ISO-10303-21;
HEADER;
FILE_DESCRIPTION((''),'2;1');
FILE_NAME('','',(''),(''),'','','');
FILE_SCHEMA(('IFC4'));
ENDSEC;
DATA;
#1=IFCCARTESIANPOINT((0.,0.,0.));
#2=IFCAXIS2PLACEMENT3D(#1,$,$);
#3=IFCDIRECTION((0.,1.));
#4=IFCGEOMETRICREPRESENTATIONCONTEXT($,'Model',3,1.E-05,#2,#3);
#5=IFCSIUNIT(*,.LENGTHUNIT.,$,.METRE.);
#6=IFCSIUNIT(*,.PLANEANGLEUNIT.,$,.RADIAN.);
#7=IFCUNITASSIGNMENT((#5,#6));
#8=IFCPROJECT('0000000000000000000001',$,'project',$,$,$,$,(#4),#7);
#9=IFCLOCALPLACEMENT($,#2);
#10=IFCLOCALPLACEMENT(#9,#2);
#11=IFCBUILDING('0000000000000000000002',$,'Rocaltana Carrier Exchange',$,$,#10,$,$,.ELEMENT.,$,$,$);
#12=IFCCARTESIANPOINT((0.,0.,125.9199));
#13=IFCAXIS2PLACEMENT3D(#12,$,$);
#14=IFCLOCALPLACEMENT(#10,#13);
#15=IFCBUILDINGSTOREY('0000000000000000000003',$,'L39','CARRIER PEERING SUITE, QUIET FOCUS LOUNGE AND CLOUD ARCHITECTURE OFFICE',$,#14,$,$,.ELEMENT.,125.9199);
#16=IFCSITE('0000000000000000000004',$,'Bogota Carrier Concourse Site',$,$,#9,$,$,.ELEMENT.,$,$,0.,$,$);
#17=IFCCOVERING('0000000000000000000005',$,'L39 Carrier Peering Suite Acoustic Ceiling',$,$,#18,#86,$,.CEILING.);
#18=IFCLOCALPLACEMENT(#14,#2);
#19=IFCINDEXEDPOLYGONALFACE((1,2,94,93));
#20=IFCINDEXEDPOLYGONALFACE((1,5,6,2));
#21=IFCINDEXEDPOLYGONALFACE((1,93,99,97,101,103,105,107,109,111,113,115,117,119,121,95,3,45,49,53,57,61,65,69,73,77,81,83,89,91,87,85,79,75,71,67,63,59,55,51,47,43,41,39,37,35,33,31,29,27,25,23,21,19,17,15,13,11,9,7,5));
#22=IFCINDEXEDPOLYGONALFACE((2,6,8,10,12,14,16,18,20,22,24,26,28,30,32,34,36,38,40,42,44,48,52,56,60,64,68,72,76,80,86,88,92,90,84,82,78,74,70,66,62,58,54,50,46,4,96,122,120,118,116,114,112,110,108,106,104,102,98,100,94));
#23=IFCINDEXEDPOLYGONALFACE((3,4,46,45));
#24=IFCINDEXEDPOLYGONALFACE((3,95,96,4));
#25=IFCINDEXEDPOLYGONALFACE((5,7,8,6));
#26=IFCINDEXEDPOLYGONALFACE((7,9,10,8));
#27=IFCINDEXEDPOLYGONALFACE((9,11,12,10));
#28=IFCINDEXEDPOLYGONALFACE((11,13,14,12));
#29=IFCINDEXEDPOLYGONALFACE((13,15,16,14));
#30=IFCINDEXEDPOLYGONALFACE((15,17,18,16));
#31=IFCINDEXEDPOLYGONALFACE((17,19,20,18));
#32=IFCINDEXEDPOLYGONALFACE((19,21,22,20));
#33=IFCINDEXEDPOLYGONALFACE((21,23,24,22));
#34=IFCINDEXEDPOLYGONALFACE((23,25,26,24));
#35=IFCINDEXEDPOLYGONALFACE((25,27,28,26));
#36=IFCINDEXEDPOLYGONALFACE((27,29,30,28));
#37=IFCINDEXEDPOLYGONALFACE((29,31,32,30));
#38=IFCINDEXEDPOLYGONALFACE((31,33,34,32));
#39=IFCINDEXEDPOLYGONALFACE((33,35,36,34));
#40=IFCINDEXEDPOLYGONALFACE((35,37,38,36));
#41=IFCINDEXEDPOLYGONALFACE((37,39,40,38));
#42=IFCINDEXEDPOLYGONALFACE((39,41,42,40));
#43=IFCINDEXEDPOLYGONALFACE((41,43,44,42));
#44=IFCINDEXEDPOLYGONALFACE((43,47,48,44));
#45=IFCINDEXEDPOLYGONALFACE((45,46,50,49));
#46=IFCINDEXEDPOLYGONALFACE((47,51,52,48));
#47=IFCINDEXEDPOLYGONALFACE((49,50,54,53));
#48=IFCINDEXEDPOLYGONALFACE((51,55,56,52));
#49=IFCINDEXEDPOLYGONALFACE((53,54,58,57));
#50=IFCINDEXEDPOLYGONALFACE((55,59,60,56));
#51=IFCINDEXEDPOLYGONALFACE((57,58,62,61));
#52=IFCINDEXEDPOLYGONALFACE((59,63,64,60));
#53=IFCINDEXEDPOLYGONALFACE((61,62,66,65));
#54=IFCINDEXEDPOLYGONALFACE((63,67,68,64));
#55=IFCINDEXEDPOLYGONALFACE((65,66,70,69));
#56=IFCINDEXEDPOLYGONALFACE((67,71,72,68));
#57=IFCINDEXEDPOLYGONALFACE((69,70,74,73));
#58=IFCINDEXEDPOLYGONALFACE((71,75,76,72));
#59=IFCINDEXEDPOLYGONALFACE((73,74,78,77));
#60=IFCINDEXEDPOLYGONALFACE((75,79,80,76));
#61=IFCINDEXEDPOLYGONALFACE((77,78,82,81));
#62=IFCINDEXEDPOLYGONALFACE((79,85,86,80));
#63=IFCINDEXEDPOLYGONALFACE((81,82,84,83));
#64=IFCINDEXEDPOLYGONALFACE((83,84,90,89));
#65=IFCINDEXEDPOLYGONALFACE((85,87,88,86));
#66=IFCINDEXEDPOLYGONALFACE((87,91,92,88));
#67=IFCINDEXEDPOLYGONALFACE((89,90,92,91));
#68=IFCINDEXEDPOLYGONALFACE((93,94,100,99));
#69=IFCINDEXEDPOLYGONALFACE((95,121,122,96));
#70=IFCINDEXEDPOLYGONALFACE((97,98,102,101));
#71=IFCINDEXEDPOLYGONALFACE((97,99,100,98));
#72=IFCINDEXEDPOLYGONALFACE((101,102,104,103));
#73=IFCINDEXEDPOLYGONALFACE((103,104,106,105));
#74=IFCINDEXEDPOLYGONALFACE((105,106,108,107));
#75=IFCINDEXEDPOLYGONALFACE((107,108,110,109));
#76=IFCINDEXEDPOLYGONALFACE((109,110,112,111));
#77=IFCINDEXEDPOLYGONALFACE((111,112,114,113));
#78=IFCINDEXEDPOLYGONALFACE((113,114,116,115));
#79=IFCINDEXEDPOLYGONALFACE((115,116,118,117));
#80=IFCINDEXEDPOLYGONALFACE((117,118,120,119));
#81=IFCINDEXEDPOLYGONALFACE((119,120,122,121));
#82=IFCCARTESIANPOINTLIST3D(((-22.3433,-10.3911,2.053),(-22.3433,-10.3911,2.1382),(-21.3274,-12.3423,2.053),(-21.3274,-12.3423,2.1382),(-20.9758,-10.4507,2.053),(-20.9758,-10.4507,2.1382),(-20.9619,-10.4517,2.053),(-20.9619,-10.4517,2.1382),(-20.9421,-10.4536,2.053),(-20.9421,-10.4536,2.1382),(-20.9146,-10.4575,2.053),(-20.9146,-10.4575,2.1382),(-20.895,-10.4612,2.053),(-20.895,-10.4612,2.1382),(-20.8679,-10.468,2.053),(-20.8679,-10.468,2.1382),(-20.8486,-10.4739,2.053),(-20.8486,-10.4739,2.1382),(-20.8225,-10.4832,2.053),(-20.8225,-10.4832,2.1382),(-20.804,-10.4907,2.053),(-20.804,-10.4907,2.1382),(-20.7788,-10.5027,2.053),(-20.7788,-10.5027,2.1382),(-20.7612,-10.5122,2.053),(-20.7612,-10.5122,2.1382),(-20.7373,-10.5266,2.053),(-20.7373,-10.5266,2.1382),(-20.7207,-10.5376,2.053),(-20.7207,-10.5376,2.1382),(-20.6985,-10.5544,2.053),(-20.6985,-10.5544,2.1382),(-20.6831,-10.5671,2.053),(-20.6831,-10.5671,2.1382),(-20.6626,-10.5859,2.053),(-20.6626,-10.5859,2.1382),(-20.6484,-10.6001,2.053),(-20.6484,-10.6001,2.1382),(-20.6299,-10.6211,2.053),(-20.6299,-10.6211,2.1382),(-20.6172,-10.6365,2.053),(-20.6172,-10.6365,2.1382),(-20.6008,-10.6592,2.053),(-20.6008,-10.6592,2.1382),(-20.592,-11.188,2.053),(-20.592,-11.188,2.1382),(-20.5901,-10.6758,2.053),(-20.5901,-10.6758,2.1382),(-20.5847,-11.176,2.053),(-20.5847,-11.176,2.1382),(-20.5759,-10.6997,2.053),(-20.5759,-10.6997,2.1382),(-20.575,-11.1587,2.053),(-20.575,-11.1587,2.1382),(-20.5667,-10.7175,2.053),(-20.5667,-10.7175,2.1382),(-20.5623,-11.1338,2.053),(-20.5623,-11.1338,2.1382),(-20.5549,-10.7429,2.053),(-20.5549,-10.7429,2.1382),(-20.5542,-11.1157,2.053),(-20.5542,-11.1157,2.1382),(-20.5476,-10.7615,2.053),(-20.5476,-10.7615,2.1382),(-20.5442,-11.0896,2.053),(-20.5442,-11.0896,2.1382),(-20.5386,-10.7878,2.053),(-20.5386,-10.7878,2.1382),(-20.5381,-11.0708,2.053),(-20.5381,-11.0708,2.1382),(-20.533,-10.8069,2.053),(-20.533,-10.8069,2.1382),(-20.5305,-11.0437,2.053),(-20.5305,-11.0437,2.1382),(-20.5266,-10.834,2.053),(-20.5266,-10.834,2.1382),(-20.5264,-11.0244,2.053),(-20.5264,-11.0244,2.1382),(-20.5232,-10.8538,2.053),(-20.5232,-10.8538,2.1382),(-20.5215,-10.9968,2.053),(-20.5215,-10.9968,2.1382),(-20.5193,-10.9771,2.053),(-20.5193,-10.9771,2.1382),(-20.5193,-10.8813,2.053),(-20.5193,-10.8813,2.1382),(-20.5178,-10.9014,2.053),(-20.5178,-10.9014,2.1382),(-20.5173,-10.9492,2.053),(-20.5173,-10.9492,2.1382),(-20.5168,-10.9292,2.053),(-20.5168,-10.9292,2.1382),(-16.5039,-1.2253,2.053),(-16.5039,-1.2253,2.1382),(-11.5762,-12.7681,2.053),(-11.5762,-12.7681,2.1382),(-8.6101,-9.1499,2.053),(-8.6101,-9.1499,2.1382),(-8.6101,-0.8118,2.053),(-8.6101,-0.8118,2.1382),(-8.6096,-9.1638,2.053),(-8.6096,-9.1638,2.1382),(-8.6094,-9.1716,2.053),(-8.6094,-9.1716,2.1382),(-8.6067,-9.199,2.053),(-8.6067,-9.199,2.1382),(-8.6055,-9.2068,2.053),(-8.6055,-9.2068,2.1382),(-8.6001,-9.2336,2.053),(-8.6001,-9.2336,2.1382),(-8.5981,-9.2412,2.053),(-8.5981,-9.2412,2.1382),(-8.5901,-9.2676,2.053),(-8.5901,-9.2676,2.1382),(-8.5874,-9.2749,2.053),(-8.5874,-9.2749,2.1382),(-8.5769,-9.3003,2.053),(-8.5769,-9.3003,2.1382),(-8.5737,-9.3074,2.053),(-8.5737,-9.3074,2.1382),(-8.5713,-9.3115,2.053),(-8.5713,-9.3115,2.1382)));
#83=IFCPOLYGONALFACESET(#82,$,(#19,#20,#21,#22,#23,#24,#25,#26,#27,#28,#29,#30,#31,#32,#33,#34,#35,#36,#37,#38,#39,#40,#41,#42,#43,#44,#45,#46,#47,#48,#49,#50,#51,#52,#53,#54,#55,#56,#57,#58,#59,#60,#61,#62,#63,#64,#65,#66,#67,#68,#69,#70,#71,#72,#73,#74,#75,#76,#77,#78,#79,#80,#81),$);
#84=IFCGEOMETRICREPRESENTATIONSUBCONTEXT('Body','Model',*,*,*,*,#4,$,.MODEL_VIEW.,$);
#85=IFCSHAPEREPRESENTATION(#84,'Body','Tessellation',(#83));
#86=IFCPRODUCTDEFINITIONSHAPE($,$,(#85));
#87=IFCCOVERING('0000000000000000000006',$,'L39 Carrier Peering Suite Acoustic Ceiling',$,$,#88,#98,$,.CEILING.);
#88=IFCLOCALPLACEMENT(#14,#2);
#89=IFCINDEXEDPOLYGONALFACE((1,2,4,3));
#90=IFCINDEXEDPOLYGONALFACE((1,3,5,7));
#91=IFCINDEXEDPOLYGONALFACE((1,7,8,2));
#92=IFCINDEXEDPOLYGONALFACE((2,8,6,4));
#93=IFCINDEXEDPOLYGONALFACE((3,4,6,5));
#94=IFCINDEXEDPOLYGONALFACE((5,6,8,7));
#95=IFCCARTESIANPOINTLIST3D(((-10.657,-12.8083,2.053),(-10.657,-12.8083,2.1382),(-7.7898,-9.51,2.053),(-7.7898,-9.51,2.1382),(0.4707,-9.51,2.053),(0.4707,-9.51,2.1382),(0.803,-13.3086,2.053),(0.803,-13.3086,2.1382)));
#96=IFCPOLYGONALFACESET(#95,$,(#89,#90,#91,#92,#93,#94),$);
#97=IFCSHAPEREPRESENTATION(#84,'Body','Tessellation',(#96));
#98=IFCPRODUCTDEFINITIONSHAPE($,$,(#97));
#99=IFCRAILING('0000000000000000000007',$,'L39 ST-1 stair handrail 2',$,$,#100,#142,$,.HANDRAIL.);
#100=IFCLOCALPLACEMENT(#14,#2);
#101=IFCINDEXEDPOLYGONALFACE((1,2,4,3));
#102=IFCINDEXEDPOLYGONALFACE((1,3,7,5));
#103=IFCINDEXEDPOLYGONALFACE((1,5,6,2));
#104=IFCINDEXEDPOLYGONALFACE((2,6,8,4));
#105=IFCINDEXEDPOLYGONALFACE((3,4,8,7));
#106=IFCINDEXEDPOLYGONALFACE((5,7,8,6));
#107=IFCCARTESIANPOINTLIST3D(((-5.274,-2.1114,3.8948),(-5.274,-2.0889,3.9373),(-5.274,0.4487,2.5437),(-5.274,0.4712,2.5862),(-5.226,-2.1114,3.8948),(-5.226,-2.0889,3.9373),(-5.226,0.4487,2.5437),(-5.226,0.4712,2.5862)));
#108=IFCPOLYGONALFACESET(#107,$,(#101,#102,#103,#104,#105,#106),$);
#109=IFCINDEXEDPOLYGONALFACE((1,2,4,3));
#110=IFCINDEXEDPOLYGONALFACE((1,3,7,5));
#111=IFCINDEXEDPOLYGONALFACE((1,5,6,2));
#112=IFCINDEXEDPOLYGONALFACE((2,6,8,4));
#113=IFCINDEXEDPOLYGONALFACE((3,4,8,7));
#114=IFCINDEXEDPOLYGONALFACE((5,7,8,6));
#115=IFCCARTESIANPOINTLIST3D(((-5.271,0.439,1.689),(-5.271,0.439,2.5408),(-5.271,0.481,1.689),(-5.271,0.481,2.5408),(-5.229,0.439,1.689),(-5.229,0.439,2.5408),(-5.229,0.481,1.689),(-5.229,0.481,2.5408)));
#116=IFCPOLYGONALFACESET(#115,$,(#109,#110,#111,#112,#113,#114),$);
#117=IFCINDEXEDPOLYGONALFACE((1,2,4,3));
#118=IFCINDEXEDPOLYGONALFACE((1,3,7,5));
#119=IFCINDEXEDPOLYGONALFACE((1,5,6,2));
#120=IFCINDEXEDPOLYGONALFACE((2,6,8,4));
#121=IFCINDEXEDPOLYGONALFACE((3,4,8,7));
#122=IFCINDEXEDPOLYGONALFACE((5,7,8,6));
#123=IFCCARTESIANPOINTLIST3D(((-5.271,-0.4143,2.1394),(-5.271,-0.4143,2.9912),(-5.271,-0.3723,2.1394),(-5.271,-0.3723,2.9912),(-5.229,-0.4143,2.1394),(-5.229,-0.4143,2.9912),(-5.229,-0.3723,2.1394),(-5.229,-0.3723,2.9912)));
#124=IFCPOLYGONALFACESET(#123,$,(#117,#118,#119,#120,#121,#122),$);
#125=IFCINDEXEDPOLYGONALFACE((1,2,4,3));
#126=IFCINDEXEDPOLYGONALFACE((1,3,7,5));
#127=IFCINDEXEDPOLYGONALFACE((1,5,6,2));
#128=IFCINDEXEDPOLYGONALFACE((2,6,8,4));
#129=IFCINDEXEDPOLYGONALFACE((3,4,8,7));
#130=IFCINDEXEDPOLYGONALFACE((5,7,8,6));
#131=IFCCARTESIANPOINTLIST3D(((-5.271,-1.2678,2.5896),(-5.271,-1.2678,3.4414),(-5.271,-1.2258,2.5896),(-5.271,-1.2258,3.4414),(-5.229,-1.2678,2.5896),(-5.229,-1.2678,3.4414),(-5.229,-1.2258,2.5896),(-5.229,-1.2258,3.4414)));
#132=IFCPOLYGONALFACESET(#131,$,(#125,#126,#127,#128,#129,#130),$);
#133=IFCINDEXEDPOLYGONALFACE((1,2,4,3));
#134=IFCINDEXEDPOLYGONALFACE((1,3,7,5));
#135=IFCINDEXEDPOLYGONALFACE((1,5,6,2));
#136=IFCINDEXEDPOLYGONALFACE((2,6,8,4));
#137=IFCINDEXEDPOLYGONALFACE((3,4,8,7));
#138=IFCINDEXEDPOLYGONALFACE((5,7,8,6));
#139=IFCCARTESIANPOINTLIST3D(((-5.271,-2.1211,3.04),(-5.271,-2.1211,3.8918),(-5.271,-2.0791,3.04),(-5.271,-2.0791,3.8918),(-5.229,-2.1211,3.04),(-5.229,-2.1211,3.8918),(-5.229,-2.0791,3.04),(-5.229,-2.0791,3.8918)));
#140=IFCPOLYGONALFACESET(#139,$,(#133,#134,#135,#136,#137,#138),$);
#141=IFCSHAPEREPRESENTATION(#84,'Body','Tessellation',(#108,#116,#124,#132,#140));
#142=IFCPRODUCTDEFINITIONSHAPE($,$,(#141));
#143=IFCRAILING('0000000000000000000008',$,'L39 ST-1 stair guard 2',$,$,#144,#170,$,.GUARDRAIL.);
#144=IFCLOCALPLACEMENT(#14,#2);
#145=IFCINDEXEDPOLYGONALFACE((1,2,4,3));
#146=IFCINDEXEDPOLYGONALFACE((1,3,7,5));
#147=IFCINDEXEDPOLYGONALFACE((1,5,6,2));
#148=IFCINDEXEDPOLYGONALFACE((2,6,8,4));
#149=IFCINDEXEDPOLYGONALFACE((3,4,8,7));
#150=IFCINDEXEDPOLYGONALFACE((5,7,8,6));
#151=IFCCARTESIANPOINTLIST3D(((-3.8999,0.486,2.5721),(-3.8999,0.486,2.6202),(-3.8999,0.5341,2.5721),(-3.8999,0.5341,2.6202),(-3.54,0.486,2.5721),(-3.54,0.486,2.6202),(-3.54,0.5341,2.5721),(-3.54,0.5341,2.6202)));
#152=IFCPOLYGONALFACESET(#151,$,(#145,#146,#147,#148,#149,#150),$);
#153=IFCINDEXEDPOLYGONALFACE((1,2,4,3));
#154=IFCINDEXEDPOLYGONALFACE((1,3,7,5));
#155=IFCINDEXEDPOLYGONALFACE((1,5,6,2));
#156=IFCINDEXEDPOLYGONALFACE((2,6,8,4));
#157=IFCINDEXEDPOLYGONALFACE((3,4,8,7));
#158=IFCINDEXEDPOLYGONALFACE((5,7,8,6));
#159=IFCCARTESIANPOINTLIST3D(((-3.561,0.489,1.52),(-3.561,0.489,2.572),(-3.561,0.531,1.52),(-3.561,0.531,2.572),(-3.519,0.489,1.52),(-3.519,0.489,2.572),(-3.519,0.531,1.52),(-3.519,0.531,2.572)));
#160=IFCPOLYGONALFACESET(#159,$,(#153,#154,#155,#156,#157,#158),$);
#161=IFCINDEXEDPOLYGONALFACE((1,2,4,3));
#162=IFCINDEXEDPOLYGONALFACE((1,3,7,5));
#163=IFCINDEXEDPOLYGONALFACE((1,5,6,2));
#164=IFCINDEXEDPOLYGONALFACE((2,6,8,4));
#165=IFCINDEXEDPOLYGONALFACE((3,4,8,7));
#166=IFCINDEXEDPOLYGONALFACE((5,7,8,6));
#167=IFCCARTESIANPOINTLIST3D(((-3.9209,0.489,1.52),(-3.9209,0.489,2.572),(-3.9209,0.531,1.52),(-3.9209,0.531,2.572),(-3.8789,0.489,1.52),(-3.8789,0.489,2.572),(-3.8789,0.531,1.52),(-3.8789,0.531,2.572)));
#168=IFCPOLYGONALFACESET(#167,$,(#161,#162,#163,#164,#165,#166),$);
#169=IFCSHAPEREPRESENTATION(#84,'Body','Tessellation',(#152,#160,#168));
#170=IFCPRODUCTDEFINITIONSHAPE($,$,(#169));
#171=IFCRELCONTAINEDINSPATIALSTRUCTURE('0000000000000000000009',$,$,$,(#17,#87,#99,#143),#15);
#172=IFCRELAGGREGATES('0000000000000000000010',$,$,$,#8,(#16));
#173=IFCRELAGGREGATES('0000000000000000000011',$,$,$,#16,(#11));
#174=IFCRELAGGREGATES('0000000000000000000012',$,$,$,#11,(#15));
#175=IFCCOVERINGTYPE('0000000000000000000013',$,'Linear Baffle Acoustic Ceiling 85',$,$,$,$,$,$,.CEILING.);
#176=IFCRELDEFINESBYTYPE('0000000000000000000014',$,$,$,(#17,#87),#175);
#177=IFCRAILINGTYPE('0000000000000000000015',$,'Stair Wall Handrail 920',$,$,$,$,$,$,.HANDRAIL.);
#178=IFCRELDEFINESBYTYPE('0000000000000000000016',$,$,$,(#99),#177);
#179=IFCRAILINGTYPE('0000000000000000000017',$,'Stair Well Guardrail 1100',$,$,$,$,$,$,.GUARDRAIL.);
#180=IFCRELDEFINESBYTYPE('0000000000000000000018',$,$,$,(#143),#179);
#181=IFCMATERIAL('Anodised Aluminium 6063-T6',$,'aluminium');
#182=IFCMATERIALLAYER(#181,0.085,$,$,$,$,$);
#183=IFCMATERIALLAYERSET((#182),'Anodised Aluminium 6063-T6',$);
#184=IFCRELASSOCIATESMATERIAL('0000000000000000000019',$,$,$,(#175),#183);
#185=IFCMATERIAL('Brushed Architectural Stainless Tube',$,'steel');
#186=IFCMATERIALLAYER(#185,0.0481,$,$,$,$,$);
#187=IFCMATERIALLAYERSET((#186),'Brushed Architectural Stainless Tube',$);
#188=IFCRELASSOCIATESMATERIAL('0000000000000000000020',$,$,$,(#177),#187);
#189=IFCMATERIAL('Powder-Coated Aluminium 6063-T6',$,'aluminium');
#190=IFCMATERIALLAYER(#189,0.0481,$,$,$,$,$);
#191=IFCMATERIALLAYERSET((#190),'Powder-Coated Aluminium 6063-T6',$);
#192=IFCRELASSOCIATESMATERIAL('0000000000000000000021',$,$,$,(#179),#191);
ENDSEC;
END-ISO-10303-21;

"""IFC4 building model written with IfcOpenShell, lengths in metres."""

from ifc_helpers import new_model, si_unit, direction, frame, origin, origin_2d, place, context, subcontext, project, spatial, polyline, rectangle, outline, extrude, material, layer, layer_set, type_object, element, save


model = new_model("IFC4")

# Units and contexts
model_context = context("Model", 3, precision=1e-05, world=origin(), true_north=direction((0.0, 1.0)))
body_context = subcontext(model_context, "Body", "Model", "MODEL_VIEW")
ifc_project = project(units=[si_unit("LENGTHUNIT", "METRE"), si_unit("PLANEANGLEUNIT", "RADIAN")], contexts=[model_context])

# Site, building, storey
site_placement = place(None, origin())
site = spatial("IfcSite", under=ifc_project, at=site_placement, Name="Bogota Carrier Concourse Site", CompositionType="ELEMENT", RefElevation=0.0)
building_placement = place(site_placement, origin())
building = spatial("IfcBuilding", under=site, at=building_placement, Name="Rocaltana Carrier Exchange", CompositionType="ELEMENT")
storey_placement = place(building_placement, frame((0.0, 0.0, 125.9199)))
storey = spatial("IfcBuildingStorey", under=building, at=storey_placement, Name="L39", Description="CARRIER PEERING SUITE, QUIET FOCUS LOUNGE AND CLOUD ARCHITECTURE OFFICE", CompositionType="ELEMENT", Elevation=125.9199)

# Coverings
ifc_material_1 = material(Name="Anodised Aluminium 6063-T6", Category="aluminium")
ifc_layer_1 = layer(ifc_material_1, 0.085)
ifc_layer_set_1 = layer_set([ifc_layer_1], Name="Anodised Aluminium 6063-T6")
covering_type_1 = type_object("IfcCoveringType", Name="Linear Baffle Acoustic Ceiling 85", PredefinedType="CEILING", material=ifc_layer_set_1)
covering_1_placement = place(storey_placement, frame((0.0, 0.0, 2.053)))
element("IfcCovering", 1, at=covering_1_placement, inside=storey, type_object=covering_type_1, Name="L39 Carrier Peering Suite Acoustic Ceiling", PredefinedType="CEILING", context=body_context, shape_type="SweptSolid", body=[
    extrude(outline(polyline([(-20.592, -11.188), (-20.5847, -11.176), (-20.575, -11.1587), (-20.5623, -11.1338), (-20.5542, -11.1157), (-20.5442, -11.0896), (-20.5381, -11.0708), (-20.5305, -11.0437), (-20.5264, -11.0244), (-20.5215, -10.9968), (-20.5193, -10.9771), (-20.5173, -10.9492), (-20.5168, -10.9292), (-20.5178, -10.9014), (-20.5193, -10.8813), (-20.5232, -10.8538), (-20.5266, -10.834), (-20.533, -10.8069), (-20.5386, -10.7878), (-20.5476, -10.7615), (-20.5549, -10.7429), (-20.5667, -10.7175), (-20.5759, -10.6997), (-20.5901, -10.6758), (-20.6008, -10.6592), (-20.6172, -10.6365), (-20.6299, -10.6211), (-20.6484, -10.6001), (-20.6626, -10.5859), (-20.6831, -10.5671), (-20.6985, -10.5544), (-20.7207, -10.5376), (-20.7373, -10.5266), (-20.7612, -10.5122), (-20.7788, -10.5027), (-20.804, -10.4907), (-20.8225, -10.4832), (-20.8486, -10.4739), (-20.8679, -10.468), (-20.895, -10.4612), (-20.9146, -10.4575), (-20.9421, -10.4536), (-20.9619, -10.4517), (-20.9758, -10.4507), (-22.3433, -10.3911), (-16.5039, -1.2253), (-8.6101, -0.8118), (-8.6101, -9.1499), (-8.6096, -9.1638), (-8.6094, -9.1716), (-8.6067, -9.199), (-8.6055, -9.2068), (-8.6001, -9.2336), (-8.5981, -9.2412), (-8.5901, -9.2676), (-8.5874, -9.2749), (-8.5769, -9.3003), (-8.5737, -9.3074), (-8.5713, -9.3115), (-11.5762, -12.7681), (-21.3274, -12.3423), (-20.592, -11.188)])), origin(), (0.0, 0.0, 1.0), 0.0852),
])
covering_2_placement = place(storey_placement, frame((0.0, 0.0, 2.053)))
element("IfcCovering", 2, at=covering_2_placement, inside=storey, type_object=covering_type_1, Name="L39 Carrier Peering Suite Acoustic Ceiling", PredefinedType="CEILING", context=body_context, shape_type="SweptSolid", body=[
    extrude(outline(polyline([(-10.657, -12.8083), (-7.7898, -9.51), (0.4707, -9.51), (0.803, -13.3086), (-10.657, -12.8083)])), origin(), (0.0, 0.0, 1.0), 0.0852),
])

# Railings
ifc_material_2 = material(Name="Brushed Architectural Stainless Tube", Category="steel")
ifc_layer_2 = layer(ifc_material_2, 0.0481)
ifc_layer_set_2 = layer_set([ifc_layer_2], Name="Brushed Architectural Stainless Tube")
railing_type_1 = type_object("IfcRailingType", Name="Stair Wall Handrail 920", PredefinedType="HANDRAIL", material=ifc_layer_set_2)
railing_1_placement = place(storey_placement, frame((-5.25, 0.46, 1.689)))
element("IfcRailing", 3, at=railing_1_placement, inside=storey, type_object=railing_type_1, Name="L39 ST-1 stair handrail 2", PredefinedType="HANDRAIL", context=body_context, shape_type="SweptSolid", body=[
    extrude(rectangle(XDim=0.0481, YDim=0.0481, at=origin_2d()), frame((0.0, 0.0, 0.876), z_axis=(0.0, -0.884394, 0.46674), x_axis=(1.0, 0.0, 0.0)), (0.0, 0.0, 1.0), 2.8948),
    extrude(rectangle(XDim=0.042, YDim=0.042, at=origin_2d()), origin(), (0.0, 0.0, 1.0), 0.8518),
    extrude(rectangle(XDim=0.042, YDim=0.042, at=origin_2d()), frame((0.0, -0.8533, 0.4504)), (0.0, 0.0, 1.0), 0.8518),
    extrude(rectangle(XDim=0.042, YDim=0.042, at=origin_2d()), frame((0.0, -1.7068, 0.9006)), (0.0, 0.0, 1.0), 0.8518),
    extrude(rectangle(XDim=0.042, YDim=0.042, at=origin_2d()), frame((0.0, -2.5601, 1.3511)), (0.0, 0.0, 1.0), 0.8518),
])
ifc_material_3 = material(Name="Powder-Coated Aluminium 6063-T6", Category="aluminium")
ifc_layer_3 = layer(ifc_material_3, 0.0481)
ifc_layer_set_3 = layer_set([ifc_layer_3], Name="Powder-Coated Aluminium 6063-T6")
railing_type_2 = type_object("IfcRailingType", Name="Stair Well Guardrail 1100", PredefinedType="GUARDRAIL", material=ifc_layer_set_3)
railing_2_placement = place(storey_placement, frame((-3.54, 0.51, 1.52)))
element("IfcRailing", 4, at=railing_2_placement, inside=storey, type_object=railing_type_2, Name="L39 ST-1 stair guard 2", PredefinedType="GUARDRAIL", context=body_context, shape_type="SweptSolid", body=[
    extrude(rectangle(XDim=0.0481, YDim=0.0481, at=origin_2d()), frame((0.0, 0.0, 1.0762), z_axis=(-1.0, 0.0, 0.0), x_axis=(0.0, -1.0, 0.0)), (0.0, 0.0, 1.0), 0.3599),
    extrude(rectangle(XDim=0.042, YDim=0.042, at=origin_2d()), origin(), (0.0, 0.0, 1.0), 1.052),
    extrude(rectangle(XDim=0.042, YDim=0.042, at=origin_2d()), frame((-0.3599, 0.0, 0.0)), (0.0, 0.0, 1.0), 1.052),
])

save(model, "model.ifc")
